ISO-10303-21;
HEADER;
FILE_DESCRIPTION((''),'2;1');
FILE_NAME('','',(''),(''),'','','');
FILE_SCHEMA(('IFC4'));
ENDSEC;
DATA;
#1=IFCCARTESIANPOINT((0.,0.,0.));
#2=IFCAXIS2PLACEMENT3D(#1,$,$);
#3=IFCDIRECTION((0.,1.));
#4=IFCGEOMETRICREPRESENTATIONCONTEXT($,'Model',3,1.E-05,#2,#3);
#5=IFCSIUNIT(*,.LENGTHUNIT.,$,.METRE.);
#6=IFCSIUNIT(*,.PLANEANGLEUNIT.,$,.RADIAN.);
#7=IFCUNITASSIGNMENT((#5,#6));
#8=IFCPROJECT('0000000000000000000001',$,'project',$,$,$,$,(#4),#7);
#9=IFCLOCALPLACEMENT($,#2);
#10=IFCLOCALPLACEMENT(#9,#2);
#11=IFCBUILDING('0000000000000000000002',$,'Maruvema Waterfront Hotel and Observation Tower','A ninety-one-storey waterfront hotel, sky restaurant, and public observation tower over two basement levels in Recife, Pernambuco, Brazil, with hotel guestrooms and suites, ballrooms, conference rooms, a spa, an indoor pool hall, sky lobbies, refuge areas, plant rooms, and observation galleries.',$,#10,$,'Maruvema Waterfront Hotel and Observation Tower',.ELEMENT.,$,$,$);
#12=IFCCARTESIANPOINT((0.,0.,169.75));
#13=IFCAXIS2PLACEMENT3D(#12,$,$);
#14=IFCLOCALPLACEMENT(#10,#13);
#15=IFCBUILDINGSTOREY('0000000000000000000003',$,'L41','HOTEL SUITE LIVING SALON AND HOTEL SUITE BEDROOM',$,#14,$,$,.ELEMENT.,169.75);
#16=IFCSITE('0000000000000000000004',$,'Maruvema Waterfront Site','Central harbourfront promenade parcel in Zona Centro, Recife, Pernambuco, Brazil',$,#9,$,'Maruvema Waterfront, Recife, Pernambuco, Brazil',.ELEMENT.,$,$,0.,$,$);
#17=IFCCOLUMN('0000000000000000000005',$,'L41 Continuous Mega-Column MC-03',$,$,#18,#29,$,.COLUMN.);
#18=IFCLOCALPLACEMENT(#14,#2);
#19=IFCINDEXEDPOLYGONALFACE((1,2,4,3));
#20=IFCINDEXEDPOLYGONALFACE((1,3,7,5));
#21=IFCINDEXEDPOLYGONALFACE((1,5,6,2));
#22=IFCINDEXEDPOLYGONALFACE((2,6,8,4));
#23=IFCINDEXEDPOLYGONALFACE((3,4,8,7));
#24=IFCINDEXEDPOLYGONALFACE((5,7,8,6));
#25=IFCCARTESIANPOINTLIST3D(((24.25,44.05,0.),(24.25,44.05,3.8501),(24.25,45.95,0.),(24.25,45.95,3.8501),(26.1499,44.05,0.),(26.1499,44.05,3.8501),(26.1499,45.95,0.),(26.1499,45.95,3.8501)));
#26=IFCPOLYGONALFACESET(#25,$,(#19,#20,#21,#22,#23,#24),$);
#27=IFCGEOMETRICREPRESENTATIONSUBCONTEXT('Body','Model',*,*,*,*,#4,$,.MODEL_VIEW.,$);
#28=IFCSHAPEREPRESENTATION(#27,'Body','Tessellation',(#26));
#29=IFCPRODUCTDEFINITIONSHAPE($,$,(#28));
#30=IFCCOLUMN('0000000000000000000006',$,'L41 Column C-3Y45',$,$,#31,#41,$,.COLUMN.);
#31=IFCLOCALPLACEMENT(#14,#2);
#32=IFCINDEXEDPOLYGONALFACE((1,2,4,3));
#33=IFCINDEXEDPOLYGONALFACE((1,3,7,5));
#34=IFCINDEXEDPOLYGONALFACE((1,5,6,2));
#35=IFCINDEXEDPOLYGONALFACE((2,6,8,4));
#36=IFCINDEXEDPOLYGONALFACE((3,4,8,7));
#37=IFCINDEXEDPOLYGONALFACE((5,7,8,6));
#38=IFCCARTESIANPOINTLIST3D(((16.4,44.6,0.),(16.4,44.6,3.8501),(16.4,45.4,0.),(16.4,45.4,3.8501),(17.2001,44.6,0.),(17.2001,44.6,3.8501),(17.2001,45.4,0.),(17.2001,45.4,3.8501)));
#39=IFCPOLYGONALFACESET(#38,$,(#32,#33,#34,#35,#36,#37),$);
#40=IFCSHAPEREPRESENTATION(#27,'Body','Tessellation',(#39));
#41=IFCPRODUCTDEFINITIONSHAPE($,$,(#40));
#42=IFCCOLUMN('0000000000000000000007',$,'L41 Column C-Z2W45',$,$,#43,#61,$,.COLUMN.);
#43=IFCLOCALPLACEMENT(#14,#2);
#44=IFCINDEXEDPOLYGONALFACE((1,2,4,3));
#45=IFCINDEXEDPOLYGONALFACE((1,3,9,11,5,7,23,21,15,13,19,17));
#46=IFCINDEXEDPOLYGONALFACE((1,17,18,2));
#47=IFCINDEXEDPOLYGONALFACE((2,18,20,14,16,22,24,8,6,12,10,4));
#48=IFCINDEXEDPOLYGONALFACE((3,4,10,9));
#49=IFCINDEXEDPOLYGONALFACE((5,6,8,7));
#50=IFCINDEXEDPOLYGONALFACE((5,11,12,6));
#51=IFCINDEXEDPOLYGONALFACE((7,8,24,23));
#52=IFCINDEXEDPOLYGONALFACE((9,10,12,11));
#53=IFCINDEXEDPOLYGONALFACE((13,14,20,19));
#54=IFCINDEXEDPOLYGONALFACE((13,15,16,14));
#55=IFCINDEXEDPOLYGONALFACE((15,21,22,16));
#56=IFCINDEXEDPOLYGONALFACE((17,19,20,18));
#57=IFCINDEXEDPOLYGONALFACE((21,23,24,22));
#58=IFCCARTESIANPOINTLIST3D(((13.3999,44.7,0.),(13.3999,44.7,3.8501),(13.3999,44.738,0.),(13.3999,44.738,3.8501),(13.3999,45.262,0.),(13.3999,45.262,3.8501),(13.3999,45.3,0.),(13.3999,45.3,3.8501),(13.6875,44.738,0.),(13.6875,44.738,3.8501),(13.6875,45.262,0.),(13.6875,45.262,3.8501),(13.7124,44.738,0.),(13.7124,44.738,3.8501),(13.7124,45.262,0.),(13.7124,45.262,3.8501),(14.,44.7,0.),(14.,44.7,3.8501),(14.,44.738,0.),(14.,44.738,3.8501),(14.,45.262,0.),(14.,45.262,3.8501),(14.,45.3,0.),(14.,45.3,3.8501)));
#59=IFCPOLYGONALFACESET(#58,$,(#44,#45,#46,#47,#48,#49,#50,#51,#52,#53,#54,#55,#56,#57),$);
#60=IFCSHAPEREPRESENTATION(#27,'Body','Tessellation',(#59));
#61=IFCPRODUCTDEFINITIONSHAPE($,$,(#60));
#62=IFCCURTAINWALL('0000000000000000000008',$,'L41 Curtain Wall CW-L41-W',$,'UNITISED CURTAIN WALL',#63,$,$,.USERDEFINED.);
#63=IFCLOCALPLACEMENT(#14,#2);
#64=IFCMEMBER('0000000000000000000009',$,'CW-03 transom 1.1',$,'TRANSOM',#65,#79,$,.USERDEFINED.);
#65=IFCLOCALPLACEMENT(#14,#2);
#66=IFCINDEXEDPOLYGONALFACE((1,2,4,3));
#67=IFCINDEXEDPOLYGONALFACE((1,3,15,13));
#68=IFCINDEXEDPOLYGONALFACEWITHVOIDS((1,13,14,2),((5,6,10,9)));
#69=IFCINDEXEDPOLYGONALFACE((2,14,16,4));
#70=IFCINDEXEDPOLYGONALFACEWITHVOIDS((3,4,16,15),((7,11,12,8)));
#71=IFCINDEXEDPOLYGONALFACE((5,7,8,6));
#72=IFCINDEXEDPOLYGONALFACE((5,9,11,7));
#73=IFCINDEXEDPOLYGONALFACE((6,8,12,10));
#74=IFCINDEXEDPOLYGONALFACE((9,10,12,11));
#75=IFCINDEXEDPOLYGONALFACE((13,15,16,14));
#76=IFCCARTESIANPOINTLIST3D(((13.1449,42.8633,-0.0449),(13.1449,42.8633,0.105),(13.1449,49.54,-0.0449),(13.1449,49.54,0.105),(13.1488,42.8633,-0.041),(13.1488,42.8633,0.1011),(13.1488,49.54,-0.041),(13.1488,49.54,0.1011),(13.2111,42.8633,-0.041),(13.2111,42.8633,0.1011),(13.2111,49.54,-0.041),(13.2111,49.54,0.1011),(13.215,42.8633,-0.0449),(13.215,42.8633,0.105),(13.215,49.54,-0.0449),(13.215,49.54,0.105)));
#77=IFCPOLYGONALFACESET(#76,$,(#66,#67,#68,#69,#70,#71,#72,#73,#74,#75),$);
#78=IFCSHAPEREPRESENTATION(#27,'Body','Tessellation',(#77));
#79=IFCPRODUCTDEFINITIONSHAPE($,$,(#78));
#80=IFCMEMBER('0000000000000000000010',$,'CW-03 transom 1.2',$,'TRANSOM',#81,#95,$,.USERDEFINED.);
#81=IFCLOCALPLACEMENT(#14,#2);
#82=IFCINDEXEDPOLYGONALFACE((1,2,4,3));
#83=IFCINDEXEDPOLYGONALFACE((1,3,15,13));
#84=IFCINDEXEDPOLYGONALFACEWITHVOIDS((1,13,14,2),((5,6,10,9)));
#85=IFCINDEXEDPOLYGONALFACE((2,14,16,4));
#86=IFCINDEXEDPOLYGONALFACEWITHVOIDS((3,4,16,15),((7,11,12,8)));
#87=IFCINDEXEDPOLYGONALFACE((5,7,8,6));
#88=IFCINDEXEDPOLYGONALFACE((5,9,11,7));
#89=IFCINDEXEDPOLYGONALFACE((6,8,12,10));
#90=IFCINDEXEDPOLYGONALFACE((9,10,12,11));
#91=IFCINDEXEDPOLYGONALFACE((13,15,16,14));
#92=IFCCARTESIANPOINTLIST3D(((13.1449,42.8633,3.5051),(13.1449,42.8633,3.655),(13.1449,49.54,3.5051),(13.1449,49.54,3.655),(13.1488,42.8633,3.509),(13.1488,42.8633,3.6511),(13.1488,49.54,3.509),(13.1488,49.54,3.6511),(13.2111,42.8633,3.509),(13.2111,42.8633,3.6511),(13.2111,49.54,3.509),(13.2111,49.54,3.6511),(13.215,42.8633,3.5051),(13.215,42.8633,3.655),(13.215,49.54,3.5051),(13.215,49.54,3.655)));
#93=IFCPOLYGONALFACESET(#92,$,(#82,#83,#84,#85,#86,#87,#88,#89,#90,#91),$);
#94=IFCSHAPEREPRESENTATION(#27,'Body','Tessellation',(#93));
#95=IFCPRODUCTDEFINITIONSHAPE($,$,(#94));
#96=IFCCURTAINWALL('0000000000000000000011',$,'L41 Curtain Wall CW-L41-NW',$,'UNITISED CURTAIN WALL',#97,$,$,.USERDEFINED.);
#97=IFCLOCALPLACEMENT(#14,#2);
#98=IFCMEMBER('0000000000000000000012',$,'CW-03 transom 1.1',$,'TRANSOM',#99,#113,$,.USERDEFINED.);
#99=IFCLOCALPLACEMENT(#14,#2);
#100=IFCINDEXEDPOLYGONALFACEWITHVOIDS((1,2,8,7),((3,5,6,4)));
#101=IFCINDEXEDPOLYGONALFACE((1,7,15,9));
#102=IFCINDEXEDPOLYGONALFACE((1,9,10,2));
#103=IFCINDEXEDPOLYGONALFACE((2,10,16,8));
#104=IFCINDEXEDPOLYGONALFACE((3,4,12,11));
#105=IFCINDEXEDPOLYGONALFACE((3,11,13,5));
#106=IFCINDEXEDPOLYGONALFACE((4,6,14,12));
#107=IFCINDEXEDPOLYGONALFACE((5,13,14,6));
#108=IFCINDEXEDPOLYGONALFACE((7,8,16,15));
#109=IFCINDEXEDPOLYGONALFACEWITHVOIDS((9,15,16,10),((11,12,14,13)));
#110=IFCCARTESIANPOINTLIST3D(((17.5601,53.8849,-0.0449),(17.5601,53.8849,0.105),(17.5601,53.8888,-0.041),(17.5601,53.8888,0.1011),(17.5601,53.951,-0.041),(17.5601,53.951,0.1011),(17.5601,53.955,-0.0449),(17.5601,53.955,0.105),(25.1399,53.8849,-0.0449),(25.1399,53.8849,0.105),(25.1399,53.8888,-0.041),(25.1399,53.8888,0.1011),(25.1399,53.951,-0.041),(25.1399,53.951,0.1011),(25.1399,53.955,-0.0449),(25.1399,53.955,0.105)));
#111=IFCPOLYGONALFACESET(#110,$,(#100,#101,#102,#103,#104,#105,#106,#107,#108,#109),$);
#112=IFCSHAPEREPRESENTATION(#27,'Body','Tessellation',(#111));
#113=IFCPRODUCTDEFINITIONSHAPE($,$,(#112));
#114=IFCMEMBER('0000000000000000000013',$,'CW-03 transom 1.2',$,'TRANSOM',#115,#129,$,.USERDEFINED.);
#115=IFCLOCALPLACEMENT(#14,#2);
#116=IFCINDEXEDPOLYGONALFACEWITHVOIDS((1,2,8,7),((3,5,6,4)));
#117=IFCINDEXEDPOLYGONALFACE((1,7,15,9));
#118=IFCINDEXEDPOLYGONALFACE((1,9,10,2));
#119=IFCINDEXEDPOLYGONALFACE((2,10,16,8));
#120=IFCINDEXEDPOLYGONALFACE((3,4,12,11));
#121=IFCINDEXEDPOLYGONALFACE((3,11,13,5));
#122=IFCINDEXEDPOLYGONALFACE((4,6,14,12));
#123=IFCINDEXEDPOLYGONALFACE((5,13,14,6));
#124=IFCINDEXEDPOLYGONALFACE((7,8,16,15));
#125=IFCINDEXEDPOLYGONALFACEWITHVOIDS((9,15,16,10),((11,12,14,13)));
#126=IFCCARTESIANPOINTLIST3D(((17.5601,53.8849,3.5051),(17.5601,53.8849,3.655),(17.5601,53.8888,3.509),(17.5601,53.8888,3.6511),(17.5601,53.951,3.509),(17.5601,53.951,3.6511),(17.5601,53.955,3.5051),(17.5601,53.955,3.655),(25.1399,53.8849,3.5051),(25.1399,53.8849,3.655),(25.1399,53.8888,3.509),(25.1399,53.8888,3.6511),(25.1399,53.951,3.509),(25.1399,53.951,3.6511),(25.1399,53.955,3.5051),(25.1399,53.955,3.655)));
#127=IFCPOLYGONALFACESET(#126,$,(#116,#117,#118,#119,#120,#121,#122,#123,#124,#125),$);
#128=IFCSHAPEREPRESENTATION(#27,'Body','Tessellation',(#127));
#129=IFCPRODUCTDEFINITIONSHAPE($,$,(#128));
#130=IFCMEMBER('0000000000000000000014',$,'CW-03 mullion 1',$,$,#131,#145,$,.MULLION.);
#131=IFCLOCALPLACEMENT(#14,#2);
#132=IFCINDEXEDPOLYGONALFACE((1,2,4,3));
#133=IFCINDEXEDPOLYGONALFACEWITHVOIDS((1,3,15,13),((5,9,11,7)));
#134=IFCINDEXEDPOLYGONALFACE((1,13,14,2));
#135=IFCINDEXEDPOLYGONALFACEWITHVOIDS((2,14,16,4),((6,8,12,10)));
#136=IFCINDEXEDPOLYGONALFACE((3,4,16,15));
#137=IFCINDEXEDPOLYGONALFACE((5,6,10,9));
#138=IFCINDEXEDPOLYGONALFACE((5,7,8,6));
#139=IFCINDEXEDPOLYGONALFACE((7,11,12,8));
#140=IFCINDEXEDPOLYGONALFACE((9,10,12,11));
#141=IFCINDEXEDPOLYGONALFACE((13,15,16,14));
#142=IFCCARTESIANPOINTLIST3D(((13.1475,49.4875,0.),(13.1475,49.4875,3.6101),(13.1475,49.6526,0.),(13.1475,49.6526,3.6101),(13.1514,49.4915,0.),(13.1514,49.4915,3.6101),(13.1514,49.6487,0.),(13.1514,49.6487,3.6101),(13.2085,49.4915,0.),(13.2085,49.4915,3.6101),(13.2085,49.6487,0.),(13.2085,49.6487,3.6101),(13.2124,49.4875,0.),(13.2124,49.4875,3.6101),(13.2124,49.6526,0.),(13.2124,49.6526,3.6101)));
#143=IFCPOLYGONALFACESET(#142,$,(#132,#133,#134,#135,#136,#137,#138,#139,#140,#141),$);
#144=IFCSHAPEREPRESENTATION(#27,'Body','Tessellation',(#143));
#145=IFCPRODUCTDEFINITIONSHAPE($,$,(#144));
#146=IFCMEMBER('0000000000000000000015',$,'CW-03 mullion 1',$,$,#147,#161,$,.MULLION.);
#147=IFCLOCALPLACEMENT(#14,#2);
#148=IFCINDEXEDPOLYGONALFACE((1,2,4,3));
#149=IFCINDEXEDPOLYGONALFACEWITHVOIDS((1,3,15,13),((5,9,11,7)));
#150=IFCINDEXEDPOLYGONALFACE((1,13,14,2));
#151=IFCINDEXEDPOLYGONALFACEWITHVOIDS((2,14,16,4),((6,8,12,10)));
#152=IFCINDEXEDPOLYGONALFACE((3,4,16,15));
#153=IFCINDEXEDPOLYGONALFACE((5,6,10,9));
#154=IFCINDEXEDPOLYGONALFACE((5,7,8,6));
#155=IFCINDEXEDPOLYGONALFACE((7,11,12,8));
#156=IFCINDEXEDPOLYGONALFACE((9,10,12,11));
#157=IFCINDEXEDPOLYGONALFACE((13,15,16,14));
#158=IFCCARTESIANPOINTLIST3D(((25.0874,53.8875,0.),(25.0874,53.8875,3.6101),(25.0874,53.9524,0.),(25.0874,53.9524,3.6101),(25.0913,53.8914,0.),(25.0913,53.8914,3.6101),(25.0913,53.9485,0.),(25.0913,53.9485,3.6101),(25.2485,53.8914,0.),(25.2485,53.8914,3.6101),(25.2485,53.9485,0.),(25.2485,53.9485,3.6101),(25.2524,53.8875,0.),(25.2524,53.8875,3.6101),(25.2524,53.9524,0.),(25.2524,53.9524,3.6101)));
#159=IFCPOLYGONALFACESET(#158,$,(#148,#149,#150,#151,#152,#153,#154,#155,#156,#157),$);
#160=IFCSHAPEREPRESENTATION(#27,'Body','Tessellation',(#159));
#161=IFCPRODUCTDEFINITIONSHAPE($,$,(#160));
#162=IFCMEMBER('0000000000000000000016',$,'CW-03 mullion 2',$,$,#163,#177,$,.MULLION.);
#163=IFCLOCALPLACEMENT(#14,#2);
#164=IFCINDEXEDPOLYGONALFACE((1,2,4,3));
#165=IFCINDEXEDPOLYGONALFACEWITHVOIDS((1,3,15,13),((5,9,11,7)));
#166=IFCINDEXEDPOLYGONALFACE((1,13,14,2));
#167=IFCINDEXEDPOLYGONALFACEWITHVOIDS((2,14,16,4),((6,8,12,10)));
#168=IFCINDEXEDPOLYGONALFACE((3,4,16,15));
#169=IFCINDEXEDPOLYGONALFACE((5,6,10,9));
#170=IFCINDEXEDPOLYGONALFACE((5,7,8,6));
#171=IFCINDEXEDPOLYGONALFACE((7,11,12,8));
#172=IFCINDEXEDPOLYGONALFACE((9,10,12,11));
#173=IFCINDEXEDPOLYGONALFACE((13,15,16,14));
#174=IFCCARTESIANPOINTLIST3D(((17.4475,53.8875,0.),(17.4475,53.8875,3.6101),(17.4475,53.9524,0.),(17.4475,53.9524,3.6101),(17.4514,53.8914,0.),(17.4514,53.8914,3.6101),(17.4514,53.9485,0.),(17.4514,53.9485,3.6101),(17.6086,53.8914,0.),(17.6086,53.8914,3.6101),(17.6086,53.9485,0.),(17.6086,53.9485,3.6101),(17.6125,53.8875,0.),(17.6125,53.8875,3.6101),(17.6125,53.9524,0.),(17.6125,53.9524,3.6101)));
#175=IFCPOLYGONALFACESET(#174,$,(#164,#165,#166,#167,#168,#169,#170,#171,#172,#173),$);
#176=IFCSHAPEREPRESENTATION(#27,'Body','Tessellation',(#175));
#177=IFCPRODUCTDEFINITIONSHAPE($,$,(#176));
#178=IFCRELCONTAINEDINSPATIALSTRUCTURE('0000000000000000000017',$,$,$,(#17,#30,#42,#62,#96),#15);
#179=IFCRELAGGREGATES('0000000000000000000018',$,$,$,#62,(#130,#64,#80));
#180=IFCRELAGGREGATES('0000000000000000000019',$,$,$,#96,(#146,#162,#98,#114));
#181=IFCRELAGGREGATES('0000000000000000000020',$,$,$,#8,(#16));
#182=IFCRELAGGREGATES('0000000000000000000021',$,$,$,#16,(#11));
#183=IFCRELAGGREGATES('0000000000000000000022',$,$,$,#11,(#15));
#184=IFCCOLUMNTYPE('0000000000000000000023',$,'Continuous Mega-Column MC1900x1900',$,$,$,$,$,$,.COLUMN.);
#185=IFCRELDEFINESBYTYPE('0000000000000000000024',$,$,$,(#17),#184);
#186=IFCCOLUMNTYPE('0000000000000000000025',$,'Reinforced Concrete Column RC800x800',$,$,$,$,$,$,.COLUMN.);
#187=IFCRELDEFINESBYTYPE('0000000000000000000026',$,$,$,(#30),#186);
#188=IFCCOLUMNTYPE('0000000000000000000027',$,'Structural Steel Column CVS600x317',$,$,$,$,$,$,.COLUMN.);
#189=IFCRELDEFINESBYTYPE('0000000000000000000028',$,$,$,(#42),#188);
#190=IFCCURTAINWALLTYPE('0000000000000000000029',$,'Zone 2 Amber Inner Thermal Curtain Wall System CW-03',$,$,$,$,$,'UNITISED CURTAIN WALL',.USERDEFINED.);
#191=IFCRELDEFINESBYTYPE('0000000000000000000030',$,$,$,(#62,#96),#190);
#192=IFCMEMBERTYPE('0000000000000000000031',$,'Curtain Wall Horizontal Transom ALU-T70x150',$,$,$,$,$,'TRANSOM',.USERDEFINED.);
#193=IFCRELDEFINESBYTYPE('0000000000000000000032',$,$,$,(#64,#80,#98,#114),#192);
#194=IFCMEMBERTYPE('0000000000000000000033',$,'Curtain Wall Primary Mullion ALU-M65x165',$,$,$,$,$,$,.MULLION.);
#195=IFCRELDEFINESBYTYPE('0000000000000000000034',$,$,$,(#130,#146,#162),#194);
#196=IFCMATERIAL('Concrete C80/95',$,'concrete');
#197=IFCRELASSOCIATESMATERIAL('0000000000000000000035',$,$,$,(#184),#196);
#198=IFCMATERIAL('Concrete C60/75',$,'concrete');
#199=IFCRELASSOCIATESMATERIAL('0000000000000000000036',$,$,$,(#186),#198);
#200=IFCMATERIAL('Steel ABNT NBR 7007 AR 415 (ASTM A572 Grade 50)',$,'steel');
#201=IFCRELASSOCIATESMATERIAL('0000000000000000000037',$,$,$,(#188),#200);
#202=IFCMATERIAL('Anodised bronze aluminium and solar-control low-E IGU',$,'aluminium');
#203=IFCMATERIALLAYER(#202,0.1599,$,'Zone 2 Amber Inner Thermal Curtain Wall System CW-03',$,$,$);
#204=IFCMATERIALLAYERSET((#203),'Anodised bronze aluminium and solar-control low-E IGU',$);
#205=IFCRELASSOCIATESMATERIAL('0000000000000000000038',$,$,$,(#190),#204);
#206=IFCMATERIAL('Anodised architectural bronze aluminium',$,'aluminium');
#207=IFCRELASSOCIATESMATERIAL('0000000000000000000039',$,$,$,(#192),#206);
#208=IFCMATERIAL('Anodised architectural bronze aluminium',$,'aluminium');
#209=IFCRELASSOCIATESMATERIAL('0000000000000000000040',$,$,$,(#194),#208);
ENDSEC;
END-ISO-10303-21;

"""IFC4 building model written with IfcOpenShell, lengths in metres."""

from ifc_helpers import new_model, si_unit, direction, frame, origin, origin_2d, place, context, subcontext, project, spatial, rectangle, hollow_rectangle, i_section, extrude, material, layer, layer_set, material_profile, profile_set, type_object, element, aggregate, save


model = new_model("IFC4")

# Units and contexts
model_context = context("Model", 3, precision=1e-05, world=origin(), true_north=direction((0.0, 1.0)))
body_context = subcontext(model_context, "Body", "Model", "MODEL_VIEW")
ifc_project = project(units=[si_unit("LENGTHUNIT", "METRE"), si_unit("PLANEANGLEUNIT", "RADIAN")], contexts=[model_context])

# Site, building, storey
site_placement = place(None, origin())
site = spatial("IfcSite", under=ifc_project, at=site_placement, Name="Maruvema Waterfront Site", Description="Central harbourfront promenade parcel in Zona Centro, Recife, Pernambuco, Brazil", LongName="Maruvema Waterfront, Recife, Pernambuco, Brazil", CompositionType="ELEMENT", RefElevation=0.0)
building_placement = place(site_placement, origin())
building = spatial("IfcBuilding", under=site, at=building_placement, Name="Maruvema Waterfront Hotel and Observation Tower", Description="A ninety-one-storey waterfront hotel, sky restaurant, and public observation tower over two basement levels in Recife, Pernambuco, Brazil, with hotel guestrooms and suites, ballrooms, conference rooms, a spa, an indoor pool hall, sky lobbies, refuge areas, plant rooms, and observation galleries.", LongName="Maruvema Waterfront Hotel and Observation Tower", CompositionType="ELEMENT")
storey_placement = place(building_placement, frame((0.0, 0.0, 169.75)))
storey = spatial("IfcBuildingStorey", under=building, at=storey_placement, Name="L41", Description="HOTEL SUITE LIVING SALON AND HOTEL SUITE BEDROOM", CompositionType="ELEMENT", Elevation=169.75)

# Columns
ifc_material_1 = material(Name="Concrete C80/95", Category="concrete")
ifc_material_profile_1 = material_profile(ifc_material_1, rectangle(XDim=1.8999, YDim=1.8999, at=origin_2d()), Name="MC1900x1900")
ifc_profile_set_1 = profile_set([ifc_material_profile_1], Name="Concrete C80/95")
column_type_1 = type_object("IfcColumnType", Name="Continuous Mega-Column MC1900x1900", PredefinedType="COLUMN", material=ifc_profile_set_1)
column_1_placement = place(storey_placement, frame((25.2, 45.0, 0.0), z_axis=(0.0, 0.0, 1.0), x_axis=(1.0, 0.0, 0.0)))
element("IfcColumn", 1, at=column_1_placement, inside=storey, type_object=column_type_1, Name="L41 Continuous Mega-Column MC-03", PredefinedType="COLUMN", context=body_context, shape_type="SweptSolid", body=[
    extrude(rectangle(XDim=1.8999, YDim=1.8999, at=origin_2d()), origin(), (0.0, 0.0, 1.0), 3.8501),
])
ifc_material_2 = material(Name="Concrete C60/75", Category="concrete")
ifc_material_profile_2 = material_profile(ifc_material_2, rectangle(XDim=0.8, YDim=0.8, at=origin_2d()), Name="RC800x800")
ifc_profile_set_2 = profile_set([ifc_material_profile_2], Name="Concrete C60/75")
column_type_2 = type_object("IfcColumnType", Name="Reinforced Concrete Column RC800x800", PredefinedType="COLUMN", material=ifc_profile_set_2)
column_2_placement = place(storey_placement, frame((16.8, 45.0, 0.0), z_axis=(0.0, 0.0, 1.0), x_axis=(1.0, 0.0, 0.0)))
element("IfcColumn", 2, at=column_2_placement, inside=storey, type_object=column_type_2, Name="L41 Column C-3Y45", PredefinedType="COLUMN", context=body_context, shape_type="SweptSolid", body=[
    extrude(rectangle(XDim=0.8, YDim=0.8, at=origin_2d()), origin(), (0.0, 0.0, 1.0), 3.8501),
])
ifc_material_3 = material(Name="Steel ABNT NBR 7007 AR 415 (ASTM A572 Grade 50)", Category="steel")
ifc_material_profile_3 = material_profile(ifc_material_3, i_section(OverallWidth=0.6001, OverallDepth=0.6001, WebThickness=0.0249, FlangeThickness=0.0381, at=origin_2d()), Name="CVS600x317")
ifc_profile_set_3 = profile_set([ifc_material_profile_3], Name="Steel ABNT NBR 7007 AR 415 (ASTM A572 Grade 50)")
column_type_3 = type_object("IfcColumnType", Name="Structural Steel Column CVS600x317", PredefinedType="COLUMN", material=ifc_profile_set_3)
column_3_placement = place(storey_placement, frame((13.7, 45.0, 0.0), z_axis=(0.0, 0.0, 1.0), x_axis=(1.0, 0.0, 0.0)))
element("IfcColumn", 3, at=column_3_placement, inside=storey, type_object=column_type_3, Name="L41 Column C-Z2W45", PredefinedType="COLUMN", context=body_context, shape_type="SweptSolid", body=[
    extrude(i_section(OverallWidth=0.6001, OverallDepth=0.6001, WebThickness=0.0249, FlangeThickness=0.0381, at=origin_2d()), origin(), (0.0, 0.0, 1.0), 3.8501),
])

# Curtain walls, members
ifc_material_4 = material(Name="Anodised bronze aluminium and solar-control low-E IGU", Category="aluminium")
ifc_layer_1 = layer(ifc_material_4, 0.1599, Name="Zone 2 Amber Inner Thermal Curtain Wall System CW-03")
ifc_layer_set_1 = layer_set([ifc_layer_1], Name="Anodised bronze aluminium and solar-control low-E IGU")
curtain_wall_type = type_object("IfcCurtainWallType", Name="Zone 2 Amber Inner Thermal Curtain Wall System CW-03", ElementType="UNITISED CURTAIN WALL", PredefinedType="USERDEFINED", material=ifc_layer_set_1)
curtain_wall_1_placement = place(storey_placement, origin())
curtain_wall_1 = element("IfcCurtainWall", 4, at=curtain_wall_1_placement, inside=storey, type_object=curtain_wall_type, Name="L41 Curtain Wall CW-L41-W", ObjectType="UNITISED CURTAIN WALL", PredefinedType="USERDEFINED")
ifc_material_5 = material(Name="Anodised architectural bronze aluminium", Category="aluminium")
ifc_material_profile_4 = material_profile(ifc_material_5, hollow_rectangle(XDim=0.0701, YDim=0.1499, WallThickness=0.0039, at=origin_2d()), Name="ALU-T70x150")
ifc_profile_set_4 = profile_set([ifc_material_profile_4], Name="Anodised architectural bronze aluminium")
member_type_1 = type_object("IfcMemberType", Name="Curtain Wall Horizontal Transom ALU-T70x150", ElementType="TRANSOM", PredefinedType="USERDEFINED", material=ifc_profile_set_4)
member_1_placement = place(storey_placement, frame((13.1799, 49.54, 0.03), z_axis=(0.0, -1.0, 0.0), x_axis=(1.0, 0.0, 0.0)))
member_1 = element("IfcMember", 5, at=member_1_placement, type_object=member_type_1, Name="CW-03 transom 1.1", ObjectType="TRANSOM", PredefinedType="USERDEFINED", context=body_context, shape_type="SweptSolid", body=[
    extrude(hollow_rectangle(XDim=0.0701, YDim=0.1499, WallThickness=0.0039, at=origin_2d()), origin(), (0.0, 0.0, 1.0), 6.6768),
])
member_2_placement = place(storey_placement, frame((13.1799, 49.54, 3.5801), z_axis=(0.0, -1.0, 0.0), x_axis=(1.0, 0.0, 0.0)))
member_2 = element("IfcMember", 6, at=member_2_placement, type_object=member_type_1, Name="CW-03 transom 1.2", ObjectType="TRANSOM", PredefinedType="USERDEFINED", context=body_context, shape_type="SweptSolid", body=[
    extrude(hollow_rectangle(XDim=0.0701, YDim=0.1499, WallThickness=0.0039, at=origin_2d()), origin(), (0.0, 0.0, 1.0), 6.6768),
])
curtain_wall_2_placement = place(storey_placement, origin())
curtain_wall_2 = element("IfcCurtainWall", 7, at=curtain_wall_2_placement, inside=storey, type_object=curtain_wall_type, Name="L41 Curtain Wall CW-L41-NW", ObjectType="UNITISED CURTAIN WALL", PredefinedType="USERDEFINED")
member_3_placement = place(storey_placement, frame((25.1399, 53.9199, 0.03), z_axis=(-1.0, 0.0, 0.0), x_axis=(0.0, -1.0, 0.0)))
member_3 = element("IfcMember", 8, at=member_3_placement, type_object=member_type_1, Name="CW-03 transom 1.1", ObjectType="TRANSOM", PredefinedType="USERDEFINED", context=body_context, shape_type="SweptSolid", body=[
    extrude(hollow_rectangle(XDim=0.0701, YDim=0.1499, WallThickness=0.0039, at=origin_2d()), origin(), (0.0, 0.0, 1.0), 7.5798),
])
member_4_placement = place(storey_placement, frame((25.1399, 53.9199, 3.5801), z_axis=(-1.0, 0.0, 0.0), x_axis=(0.0, -1.0, 0.0)))
member_4 = element("IfcMember", 9, at=member_4_placement, type_object=member_type_1, Name="CW-03 transom 1.2", ObjectType="TRANSOM", PredefinedType="USERDEFINED", context=body_context, shape_type="SweptSolid", body=[
    extrude(hollow_rectangle(XDim=0.0701, YDim=0.1499, WallThickness=0.0039, at=origin_2d()), origin(), (0.0, 0.0, 1.0), 7.5798),
])

# Members
ifc_material_6 = material(Name="Anodised architectural bronze aluminium", Category="aluminium")
ifc_material_profile_5 = material_profile(ifc_material_6, hollow_rectangle(XDim=0.0649, YDim=0.165, WallThickness=0.0039, at=origin_2d()), Name="ALU-M65x165")
ifc_profile_set_5 = profile_set([ifc_material_profile_5], Name="Anodised architectural bronze aluminium")
member_type_2 = type_object("IfcMemberType", Name="Curtain Wall Primary Mullion ALU-M65x165", PredefinedType="MULLION", material=ifc_profile_set_5)
member_5_placement = place(storey_placement, frame((13.1799, 49.5701, 0.0), z_axis=(0.0, 0.0, 1.0), x_axis=(1.0, 0.0, 0.0)))
member_5 = element("IfcMember", 10, at=member_5_placement, type_object=member_type_2, Name="CW-03 mullion 1", PredefinedType="MULLION", context=body_context, shape_type="SweptSolid", body=[
    extrude(hollow_rectangle(XDim=0.0649, YDim=0.165, WallThickness=0.0039, at=origin_2d()), origin(), (0.0, 0.0, 1.0), 3.6101),
])
member_6_placement = place(storey_placement, frame((25.1699, 53.9199, 0.0), z_axis=(0.0, 0.0, 1.0), x_axis=(0.0, -1.0, 0.0)))
member_6 = element("IfcMember", 11, at=member_6_placement, type_object=member_type_2, Name="CW-03 mullion 1", PredefinedType="MULLION", context=body_context, shape_type="SweptSolid", body=[
    extrude(hollow_rectangle(XDim=0.0649, YDim=0.165, WallThickness=0.0039, at=origin_2d()), origin(), (0.0, 0.0, 1.0), 3.6101),
])
member_7_placement = place(storey_placement, frame((17.53, 53.9199, 0.0), z_axis=(0.0, 0.0, 1.0), x_axis=(0.0, -1.0, 0.0)))
member_7 = element("IfcMember", 12, at=member_7_placement, type_object=member_type_2, Name="CW-03 mullion 2", PredefinedType="MULLION", context=body_context, shape_type="SweptSolid", body=[
    extrude(hollow_rectangle(XDim=0.0649, YDim=0.165, WallThickness=0.0039, at=origin_2d()), origin(), (0.0, 0.0, 1.0), 3.6101),
])

aggregate(curtain_wall_1, [member_5, member_1, member_2])
aggregate(curtain_wall_2, [member_6, member_7, member_3, member_4])

save(model, "model.ifc")
